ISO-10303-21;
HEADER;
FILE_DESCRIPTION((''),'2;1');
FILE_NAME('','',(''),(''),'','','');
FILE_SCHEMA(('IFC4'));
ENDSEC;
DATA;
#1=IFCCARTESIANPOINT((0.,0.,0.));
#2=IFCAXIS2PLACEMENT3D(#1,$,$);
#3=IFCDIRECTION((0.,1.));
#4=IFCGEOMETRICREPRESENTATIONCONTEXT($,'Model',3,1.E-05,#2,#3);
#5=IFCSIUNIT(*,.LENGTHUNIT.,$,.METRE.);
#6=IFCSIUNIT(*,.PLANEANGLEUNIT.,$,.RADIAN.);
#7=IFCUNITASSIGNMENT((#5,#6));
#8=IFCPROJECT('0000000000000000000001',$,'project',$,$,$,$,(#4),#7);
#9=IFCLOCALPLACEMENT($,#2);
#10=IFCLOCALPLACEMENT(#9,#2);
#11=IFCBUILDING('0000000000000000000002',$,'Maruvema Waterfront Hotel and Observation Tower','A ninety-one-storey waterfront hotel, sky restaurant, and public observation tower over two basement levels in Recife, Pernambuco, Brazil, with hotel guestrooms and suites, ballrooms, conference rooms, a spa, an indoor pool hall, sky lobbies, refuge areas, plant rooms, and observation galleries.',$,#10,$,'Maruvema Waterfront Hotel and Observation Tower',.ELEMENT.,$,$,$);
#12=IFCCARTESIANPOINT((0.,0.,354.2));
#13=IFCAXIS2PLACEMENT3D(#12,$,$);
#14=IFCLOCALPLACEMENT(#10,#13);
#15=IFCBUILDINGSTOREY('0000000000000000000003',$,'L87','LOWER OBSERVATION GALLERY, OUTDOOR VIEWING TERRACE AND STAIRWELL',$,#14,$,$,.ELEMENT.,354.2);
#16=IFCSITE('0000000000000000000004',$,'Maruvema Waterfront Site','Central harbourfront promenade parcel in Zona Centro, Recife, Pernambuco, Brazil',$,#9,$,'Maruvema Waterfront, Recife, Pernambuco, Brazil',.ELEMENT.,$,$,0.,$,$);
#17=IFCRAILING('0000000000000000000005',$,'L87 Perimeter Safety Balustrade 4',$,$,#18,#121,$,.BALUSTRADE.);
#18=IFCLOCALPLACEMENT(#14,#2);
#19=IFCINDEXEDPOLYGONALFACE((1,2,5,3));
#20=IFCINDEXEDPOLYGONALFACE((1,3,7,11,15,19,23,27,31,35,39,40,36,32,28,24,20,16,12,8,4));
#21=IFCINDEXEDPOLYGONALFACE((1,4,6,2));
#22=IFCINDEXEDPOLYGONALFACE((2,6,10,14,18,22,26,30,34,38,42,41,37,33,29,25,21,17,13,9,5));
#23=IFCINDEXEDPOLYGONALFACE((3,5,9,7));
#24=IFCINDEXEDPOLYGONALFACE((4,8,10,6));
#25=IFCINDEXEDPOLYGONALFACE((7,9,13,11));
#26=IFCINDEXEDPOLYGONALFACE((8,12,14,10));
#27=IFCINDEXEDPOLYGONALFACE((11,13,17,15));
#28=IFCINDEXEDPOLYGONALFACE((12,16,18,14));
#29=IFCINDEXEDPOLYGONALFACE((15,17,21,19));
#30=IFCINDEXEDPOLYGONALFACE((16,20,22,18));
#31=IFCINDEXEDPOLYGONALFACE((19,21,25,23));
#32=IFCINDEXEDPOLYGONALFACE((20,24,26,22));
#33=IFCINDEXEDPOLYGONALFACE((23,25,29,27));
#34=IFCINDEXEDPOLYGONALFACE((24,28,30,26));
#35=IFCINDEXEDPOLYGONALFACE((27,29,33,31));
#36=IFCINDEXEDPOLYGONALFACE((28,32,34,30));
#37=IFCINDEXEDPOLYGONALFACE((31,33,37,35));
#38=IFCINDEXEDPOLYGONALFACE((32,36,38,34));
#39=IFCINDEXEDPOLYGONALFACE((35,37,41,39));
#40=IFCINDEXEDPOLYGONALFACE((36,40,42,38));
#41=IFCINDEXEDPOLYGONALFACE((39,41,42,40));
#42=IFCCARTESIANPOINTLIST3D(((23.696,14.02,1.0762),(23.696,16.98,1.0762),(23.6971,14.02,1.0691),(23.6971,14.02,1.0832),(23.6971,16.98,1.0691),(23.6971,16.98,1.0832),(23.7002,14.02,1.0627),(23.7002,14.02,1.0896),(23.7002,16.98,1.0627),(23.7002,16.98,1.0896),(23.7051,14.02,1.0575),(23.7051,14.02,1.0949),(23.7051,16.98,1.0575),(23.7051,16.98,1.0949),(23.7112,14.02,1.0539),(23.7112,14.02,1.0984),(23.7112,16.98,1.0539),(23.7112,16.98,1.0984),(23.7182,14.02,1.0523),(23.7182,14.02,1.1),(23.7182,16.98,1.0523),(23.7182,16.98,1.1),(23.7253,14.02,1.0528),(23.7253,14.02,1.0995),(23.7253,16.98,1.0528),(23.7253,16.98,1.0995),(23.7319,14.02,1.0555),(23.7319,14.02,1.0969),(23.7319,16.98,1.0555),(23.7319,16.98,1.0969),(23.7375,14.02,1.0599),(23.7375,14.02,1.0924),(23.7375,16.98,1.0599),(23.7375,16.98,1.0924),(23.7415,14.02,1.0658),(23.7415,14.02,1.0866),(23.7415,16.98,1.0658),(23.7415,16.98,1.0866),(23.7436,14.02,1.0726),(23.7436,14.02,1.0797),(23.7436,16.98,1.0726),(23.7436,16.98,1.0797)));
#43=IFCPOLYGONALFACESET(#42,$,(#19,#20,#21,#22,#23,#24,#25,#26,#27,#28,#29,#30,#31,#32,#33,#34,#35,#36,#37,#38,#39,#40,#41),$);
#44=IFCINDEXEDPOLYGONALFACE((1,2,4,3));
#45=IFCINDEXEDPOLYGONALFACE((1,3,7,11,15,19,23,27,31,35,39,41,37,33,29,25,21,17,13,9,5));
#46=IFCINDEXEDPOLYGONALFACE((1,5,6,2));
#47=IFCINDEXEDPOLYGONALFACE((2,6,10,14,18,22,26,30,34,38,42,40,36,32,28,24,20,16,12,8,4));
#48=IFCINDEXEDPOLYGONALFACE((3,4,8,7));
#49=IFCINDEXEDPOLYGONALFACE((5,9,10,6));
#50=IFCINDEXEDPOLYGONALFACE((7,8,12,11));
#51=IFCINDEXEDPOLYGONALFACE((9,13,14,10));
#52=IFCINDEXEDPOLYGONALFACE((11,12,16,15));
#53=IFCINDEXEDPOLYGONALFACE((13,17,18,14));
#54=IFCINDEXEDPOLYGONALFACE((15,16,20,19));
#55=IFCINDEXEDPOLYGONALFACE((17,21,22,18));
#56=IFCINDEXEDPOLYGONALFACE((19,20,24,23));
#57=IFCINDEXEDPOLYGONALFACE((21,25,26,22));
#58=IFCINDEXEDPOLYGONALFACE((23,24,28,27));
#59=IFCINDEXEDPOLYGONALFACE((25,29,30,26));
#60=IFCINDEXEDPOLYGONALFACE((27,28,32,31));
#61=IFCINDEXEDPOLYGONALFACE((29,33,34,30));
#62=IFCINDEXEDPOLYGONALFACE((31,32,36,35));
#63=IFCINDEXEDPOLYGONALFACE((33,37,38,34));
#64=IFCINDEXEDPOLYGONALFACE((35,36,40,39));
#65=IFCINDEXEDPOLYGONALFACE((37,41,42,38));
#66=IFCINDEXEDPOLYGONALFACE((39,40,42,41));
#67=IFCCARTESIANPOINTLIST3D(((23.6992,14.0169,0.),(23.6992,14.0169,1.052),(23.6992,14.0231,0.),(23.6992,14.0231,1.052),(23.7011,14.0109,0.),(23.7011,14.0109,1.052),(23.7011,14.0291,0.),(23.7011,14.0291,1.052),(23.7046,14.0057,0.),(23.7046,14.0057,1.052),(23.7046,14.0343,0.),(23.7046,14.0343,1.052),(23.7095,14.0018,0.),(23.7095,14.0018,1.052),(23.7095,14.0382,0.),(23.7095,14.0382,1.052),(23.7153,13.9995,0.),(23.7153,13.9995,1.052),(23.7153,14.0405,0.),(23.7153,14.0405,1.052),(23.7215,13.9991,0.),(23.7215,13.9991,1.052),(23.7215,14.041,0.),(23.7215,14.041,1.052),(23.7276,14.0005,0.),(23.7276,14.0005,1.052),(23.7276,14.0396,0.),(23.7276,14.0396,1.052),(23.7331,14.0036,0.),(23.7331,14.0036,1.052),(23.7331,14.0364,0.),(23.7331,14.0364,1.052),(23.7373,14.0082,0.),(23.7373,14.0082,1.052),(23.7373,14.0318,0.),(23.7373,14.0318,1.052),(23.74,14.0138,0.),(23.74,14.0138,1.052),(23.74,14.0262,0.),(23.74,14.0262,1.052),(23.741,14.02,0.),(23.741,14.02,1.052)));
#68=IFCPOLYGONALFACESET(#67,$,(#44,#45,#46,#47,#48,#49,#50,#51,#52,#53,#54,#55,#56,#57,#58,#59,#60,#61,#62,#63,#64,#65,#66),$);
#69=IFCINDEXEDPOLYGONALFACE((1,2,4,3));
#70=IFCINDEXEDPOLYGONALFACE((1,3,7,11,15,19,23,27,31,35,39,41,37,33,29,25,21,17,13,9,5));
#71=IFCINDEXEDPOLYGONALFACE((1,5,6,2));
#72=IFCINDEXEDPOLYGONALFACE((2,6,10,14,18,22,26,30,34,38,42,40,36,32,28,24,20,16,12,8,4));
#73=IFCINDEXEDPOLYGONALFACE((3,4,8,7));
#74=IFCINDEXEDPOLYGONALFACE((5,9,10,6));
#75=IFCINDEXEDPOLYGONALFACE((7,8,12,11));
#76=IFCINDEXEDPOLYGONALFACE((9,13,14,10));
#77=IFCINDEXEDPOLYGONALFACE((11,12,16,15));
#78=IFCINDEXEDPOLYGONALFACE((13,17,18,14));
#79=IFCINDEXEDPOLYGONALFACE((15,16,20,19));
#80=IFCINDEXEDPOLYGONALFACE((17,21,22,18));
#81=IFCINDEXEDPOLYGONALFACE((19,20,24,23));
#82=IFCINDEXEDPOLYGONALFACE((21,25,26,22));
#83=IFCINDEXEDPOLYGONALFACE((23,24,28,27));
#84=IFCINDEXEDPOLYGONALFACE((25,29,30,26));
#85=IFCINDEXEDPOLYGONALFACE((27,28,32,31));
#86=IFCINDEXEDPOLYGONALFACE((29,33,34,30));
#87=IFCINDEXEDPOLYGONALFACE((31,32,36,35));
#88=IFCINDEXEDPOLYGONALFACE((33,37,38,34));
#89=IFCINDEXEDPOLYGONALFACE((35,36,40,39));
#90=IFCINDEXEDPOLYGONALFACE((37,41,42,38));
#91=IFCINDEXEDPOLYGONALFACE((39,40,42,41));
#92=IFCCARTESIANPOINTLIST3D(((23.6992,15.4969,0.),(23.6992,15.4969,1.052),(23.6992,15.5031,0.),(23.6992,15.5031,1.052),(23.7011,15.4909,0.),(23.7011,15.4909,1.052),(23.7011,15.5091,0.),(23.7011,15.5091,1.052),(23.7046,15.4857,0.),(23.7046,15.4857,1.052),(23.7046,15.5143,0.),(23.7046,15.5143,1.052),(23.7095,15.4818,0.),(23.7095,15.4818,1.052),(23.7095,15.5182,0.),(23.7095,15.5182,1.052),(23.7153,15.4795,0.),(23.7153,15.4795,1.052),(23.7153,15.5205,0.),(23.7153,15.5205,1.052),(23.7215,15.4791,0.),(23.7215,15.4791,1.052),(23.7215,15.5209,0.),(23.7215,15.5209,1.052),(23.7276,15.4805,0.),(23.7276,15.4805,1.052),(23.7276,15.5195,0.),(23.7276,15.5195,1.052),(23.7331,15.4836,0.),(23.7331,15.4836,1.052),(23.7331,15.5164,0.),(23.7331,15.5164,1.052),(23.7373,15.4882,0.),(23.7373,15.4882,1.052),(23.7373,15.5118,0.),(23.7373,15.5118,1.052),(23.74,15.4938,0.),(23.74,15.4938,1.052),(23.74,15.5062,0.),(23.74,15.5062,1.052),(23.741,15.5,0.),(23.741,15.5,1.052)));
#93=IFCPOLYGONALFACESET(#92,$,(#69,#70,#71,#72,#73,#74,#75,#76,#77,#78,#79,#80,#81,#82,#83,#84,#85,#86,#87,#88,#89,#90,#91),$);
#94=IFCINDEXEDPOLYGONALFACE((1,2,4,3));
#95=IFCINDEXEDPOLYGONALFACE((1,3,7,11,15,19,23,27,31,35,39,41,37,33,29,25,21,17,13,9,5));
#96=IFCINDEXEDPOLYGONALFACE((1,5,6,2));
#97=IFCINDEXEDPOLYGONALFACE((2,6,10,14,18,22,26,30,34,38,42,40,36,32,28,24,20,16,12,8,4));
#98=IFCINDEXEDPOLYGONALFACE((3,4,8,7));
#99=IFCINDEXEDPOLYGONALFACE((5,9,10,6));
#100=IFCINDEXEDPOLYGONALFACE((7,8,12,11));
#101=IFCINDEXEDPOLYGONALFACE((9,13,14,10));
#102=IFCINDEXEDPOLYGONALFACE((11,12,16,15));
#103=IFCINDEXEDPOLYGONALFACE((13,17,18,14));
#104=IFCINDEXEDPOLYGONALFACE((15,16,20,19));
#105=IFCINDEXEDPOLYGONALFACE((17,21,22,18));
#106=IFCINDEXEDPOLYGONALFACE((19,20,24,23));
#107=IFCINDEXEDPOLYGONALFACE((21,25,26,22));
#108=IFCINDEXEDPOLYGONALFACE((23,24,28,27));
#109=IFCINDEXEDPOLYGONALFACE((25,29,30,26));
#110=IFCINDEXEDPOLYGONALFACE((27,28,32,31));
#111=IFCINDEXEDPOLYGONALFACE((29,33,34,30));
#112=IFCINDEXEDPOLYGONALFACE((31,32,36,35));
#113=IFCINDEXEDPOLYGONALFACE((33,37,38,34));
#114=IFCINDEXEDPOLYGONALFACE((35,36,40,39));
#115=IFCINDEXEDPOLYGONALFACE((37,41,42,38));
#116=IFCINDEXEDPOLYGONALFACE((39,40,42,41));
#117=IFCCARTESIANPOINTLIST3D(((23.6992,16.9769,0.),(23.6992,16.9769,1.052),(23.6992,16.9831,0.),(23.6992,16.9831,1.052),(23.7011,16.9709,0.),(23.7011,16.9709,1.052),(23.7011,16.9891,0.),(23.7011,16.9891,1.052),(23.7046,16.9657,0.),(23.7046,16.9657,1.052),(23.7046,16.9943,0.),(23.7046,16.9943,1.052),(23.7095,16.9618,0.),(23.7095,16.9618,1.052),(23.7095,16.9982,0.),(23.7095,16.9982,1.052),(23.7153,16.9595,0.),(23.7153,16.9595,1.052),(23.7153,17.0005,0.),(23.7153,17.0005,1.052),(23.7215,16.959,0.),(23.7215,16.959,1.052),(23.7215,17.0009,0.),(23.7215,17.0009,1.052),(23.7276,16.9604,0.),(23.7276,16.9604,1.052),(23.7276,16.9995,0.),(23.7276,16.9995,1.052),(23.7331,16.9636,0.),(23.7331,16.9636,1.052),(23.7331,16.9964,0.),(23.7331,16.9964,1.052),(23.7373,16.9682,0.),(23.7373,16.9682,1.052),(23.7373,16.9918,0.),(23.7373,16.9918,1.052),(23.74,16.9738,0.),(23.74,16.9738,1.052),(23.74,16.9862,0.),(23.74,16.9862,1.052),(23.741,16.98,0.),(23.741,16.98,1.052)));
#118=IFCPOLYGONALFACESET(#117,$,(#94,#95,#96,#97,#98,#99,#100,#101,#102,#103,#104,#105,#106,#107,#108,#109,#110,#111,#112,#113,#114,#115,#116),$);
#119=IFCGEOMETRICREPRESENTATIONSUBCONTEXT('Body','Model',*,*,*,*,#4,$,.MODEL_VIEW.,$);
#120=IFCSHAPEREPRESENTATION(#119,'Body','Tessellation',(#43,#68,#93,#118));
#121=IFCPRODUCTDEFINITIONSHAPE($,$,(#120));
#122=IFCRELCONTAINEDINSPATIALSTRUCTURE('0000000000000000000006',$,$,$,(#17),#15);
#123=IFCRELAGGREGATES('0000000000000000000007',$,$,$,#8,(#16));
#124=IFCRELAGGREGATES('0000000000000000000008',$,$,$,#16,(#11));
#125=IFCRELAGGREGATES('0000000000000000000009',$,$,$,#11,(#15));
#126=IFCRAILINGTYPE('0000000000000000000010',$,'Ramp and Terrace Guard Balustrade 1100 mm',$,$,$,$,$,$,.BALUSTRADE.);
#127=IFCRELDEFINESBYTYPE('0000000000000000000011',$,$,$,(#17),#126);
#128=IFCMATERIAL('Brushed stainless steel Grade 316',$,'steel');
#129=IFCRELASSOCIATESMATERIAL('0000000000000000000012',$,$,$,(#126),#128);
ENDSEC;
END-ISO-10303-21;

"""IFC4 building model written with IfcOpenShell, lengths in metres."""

from ifc_helpers import new_model, si_unit, direction, frame, origin, origin_2d, place, context, subcontext, project, spatial, circle, extrude, material, type_object, element, save


model = new_model("IFC4")

# Units and contexts
model_context = context("Model", 3, precision=1e-05, world=origin(), true_north=direction((0.0, 1.0)))
body_context = subcontext(model_context, "Body", "Model", "MODEL_VIEW")
ifc_project = project(units=[si_unit("LENGTHUNIT", "METRE"), si_unit("PLANEANGLEUNIT", "RADIAN")], contexts=[model_context])

# Site, building, storey
site_placement = place(None, origin())
site = spatial("IfcSite", under=ifc_project, at=site_placement, Name="Maruvema Waterfront Site", Description="Central harbourfront promenade parcel in Zona Centro, Recife, Pernambuco, Brazil", LongName="Maruvema Waterfront, Recife, Pernambuco, Brazil", CompositionType="ELEMENT", RefElevation=0.0)
building_placement = place(site_placement, origin())
building = spatial("IfcBuilding", under=site, at=building_placement, Name="Maruvema Waterfront Hotel and Observation Tower", Description="A ninety-one-storey waterfront hotel, sky restaurant, and public observation tower over two basement levels in Recife, Pernambuco, Brazil, with hotel guestrooms and suites, ballrooms, conference rooms, a spa, an indoor pool hall, sky lobbies, refuge areas, plant rooms, and observation galleries.", LongName="Maruvema Waterfront Hotel and Observation Tower", CompositionType="ELEMENT")
storey_placement = place(building_placement, frame((0.0, 0.0, 354.2)))
storey = spatial("IfcBuildingStorey", under=building, at=storey_placement, Name="L87", Description="LOWER OBSERVATION GALLERY, OUTDOOR VIEWING TERRACE AND STAIRWELL", CompositionType="ELEMENT", Elevation=354.2)

# Railing
ifc_material_1 = material(Name="Brushed stainless steel Grade 316", Category="steel")
railing_type = type_object("IfcRailingType", Name="Ramp and Terrace Guard Balustrade 1100 mm", PredefinedType="BALUSTRADE", material=ifc_material_1)
railing_1_placement = place(storey_placement, frame((23.72, 14.02, 0.0)))
element("IfcRailing", 1, at=railing_1_placement, inside=storey, type_object=railing_type, Name="L87 Perimeter Safety Balustrade 4", PredefinedType="BALUSTRADE", context=body_context, shape_type="SweptSolid", body=[
    extrude(circle(Radius=0.0239, at=origin_2d()), frame((0.0, 0.0, 1.0762), z_axis=(0.0, 1.0, 0.0), x_axis=(-1.0, 0.0, 0.0)), (0.0, 0.0, 1.0), 2.96),
    extrude(circle(Radius=0.021, at=origin_2d()), origin(), (0.0, 0.0, 1.0), 1.052),
    extrude(circle(Radius=0.021, at=origin_2d()), frame((0.0, 1.48, 0.0)), (0.0, 0.0, 1.0), 1.052),
    extrude(circle(Radius=0.021, at=origin_2d()), frame((0.0, 2.96, 0.0)), (0.0, 0.0, 1.0), 1.052),
])

save(model, "model.ifc")
